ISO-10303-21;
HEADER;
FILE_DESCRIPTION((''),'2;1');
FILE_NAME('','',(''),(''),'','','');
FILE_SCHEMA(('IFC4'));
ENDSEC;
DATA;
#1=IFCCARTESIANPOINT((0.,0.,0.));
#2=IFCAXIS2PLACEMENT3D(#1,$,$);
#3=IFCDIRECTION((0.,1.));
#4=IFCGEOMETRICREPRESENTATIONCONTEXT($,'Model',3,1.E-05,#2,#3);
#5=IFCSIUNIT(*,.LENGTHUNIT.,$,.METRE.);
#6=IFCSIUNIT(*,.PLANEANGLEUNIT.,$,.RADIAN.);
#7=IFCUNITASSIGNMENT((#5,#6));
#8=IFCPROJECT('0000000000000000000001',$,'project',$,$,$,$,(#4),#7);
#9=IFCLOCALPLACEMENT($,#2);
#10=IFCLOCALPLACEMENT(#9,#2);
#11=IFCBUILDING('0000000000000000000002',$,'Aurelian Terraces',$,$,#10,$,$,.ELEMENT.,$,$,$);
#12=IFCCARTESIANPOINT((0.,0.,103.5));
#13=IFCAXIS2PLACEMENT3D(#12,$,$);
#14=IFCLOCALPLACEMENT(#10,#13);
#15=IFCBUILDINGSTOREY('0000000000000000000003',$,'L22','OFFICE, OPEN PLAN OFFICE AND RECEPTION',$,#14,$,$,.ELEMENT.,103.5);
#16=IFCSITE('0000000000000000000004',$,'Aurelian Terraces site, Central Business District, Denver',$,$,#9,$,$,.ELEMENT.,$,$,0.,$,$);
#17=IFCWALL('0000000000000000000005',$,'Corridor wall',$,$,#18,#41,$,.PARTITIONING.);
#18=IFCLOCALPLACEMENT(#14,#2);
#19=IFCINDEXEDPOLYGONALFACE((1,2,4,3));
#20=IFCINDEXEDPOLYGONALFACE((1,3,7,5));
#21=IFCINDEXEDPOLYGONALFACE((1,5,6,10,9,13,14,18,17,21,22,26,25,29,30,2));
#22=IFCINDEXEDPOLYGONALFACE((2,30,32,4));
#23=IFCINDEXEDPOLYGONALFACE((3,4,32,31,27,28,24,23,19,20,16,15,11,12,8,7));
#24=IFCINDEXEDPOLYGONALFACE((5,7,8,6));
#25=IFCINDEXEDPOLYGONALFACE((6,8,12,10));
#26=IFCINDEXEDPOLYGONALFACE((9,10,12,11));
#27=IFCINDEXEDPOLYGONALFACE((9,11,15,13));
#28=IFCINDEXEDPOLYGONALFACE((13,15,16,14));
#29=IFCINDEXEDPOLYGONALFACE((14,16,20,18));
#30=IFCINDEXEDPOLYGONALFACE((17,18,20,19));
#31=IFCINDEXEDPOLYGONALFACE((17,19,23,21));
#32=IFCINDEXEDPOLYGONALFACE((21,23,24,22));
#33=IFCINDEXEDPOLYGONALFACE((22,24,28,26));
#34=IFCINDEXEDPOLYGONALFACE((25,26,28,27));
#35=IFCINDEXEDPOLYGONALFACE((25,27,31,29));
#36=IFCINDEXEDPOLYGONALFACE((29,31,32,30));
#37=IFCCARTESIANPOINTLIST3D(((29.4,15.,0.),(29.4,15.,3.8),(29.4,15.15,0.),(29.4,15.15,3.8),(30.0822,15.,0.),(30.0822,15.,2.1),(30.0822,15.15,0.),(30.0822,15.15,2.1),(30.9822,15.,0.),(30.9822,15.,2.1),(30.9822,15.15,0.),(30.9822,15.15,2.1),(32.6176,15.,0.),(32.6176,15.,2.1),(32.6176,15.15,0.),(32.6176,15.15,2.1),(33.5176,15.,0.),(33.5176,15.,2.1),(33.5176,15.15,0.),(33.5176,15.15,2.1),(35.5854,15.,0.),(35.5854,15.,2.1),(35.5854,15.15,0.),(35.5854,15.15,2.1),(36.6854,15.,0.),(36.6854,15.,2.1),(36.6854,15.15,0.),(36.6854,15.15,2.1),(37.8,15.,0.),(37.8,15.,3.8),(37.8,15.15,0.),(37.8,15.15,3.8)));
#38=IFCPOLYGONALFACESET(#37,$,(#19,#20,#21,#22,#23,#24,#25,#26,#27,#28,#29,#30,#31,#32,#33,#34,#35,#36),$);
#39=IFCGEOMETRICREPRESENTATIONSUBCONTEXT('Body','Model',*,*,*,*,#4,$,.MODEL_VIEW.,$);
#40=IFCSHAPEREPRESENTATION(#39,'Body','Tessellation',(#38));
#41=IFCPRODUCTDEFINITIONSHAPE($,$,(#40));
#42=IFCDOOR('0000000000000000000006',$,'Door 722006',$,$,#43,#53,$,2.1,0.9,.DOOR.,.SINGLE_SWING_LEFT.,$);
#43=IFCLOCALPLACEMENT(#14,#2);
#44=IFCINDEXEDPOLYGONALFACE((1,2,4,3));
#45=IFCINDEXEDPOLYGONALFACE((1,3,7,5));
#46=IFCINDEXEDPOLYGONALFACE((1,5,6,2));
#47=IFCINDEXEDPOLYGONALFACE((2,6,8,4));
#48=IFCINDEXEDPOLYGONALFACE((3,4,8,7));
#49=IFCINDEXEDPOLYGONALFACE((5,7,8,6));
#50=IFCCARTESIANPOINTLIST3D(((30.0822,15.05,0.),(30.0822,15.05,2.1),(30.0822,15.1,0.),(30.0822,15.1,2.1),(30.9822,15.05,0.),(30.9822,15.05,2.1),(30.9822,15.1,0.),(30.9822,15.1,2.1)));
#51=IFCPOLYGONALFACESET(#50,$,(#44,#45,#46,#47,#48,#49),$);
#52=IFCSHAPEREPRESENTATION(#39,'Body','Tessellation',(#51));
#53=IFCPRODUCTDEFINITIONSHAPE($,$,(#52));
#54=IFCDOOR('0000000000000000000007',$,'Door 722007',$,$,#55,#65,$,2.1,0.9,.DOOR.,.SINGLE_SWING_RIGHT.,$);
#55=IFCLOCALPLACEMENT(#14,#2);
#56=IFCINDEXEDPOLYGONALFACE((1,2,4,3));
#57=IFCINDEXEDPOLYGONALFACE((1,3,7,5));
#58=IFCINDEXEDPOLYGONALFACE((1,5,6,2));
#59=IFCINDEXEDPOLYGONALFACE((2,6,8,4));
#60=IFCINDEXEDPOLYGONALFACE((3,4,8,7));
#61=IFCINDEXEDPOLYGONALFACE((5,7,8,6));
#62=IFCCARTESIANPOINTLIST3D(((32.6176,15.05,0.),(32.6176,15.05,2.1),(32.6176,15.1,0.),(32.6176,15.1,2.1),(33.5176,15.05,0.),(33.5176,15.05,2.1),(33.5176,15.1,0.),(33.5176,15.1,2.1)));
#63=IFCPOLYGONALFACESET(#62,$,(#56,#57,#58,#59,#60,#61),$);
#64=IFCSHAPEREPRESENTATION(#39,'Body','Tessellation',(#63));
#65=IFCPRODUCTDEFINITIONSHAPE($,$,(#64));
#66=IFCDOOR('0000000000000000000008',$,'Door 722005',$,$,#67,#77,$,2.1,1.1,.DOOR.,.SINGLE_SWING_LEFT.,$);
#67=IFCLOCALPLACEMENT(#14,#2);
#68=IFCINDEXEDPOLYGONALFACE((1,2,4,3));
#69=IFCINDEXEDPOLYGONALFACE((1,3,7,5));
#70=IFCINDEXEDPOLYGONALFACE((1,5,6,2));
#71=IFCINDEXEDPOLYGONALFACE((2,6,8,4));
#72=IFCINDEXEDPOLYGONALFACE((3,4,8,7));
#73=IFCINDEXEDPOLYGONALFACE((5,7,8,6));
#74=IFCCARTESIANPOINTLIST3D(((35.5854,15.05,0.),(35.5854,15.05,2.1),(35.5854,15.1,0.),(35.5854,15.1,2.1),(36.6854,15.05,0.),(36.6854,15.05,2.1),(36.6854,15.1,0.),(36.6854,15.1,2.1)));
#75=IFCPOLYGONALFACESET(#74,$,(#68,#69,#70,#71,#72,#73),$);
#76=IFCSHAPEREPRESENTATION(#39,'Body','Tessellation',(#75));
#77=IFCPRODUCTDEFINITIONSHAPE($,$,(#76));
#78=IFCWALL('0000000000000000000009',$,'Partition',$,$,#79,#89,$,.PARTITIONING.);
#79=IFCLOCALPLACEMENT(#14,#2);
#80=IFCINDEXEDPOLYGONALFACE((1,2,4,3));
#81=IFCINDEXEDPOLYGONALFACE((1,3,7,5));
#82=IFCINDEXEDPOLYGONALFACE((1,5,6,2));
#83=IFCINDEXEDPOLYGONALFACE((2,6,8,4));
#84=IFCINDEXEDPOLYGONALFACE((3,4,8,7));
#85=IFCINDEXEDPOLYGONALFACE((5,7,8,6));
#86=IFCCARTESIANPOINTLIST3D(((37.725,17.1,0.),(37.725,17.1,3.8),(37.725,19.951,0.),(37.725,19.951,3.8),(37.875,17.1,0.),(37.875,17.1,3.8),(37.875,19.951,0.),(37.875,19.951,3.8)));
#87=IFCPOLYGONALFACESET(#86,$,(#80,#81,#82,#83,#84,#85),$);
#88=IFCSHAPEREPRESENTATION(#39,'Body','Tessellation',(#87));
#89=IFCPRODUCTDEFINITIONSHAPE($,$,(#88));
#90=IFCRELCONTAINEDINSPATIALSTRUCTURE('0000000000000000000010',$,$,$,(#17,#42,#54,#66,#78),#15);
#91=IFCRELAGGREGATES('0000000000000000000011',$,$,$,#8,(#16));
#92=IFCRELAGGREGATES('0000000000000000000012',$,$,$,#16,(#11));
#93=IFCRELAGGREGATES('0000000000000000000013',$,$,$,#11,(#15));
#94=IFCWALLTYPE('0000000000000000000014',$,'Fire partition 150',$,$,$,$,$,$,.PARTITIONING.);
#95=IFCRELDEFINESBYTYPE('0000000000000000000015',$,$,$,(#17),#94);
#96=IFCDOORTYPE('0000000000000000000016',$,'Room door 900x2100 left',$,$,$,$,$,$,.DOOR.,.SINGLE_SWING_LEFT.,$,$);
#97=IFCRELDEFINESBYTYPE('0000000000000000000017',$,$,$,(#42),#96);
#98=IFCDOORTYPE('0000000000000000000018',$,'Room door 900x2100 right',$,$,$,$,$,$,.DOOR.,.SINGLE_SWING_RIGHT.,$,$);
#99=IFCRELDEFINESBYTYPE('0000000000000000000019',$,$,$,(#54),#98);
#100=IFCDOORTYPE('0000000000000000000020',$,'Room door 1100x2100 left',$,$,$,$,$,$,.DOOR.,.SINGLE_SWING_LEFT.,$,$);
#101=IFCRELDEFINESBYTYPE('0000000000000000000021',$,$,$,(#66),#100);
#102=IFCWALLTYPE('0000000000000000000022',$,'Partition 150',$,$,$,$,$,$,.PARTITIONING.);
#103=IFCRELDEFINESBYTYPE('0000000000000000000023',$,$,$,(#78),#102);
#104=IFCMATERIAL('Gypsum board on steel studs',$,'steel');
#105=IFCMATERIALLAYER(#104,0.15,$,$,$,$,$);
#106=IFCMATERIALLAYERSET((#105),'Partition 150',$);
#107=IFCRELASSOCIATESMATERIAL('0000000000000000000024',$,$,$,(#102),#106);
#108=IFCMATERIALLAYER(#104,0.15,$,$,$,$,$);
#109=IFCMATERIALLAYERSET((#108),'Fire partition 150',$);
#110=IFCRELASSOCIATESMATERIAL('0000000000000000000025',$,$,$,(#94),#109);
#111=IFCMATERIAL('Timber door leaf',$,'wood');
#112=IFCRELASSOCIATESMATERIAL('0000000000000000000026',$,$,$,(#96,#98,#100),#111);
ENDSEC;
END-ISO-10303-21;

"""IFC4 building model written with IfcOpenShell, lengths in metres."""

from ifc_helpers import new_model, si_unit, direction, frame, frame_2d, origin, place, context, subcontext, project, spatial, rectangle, extrude, source, transform, mapped, material, layer, layer_set, type_object, element, fill, save


model = new_model("IFC4")

# Units and contexts
model_context = context("Model", 3, precision=1e-05, world=origin(), true_north=direction((0.0, 1.0)))
body_context = subcontext(model_context, "Body", "Model", "MODEL_VIEW")
ifc_project = project(units=[si_unit("LENGTHUNIT", "METRE"), si_unit("PLANEANGLEUNIT", "RADIAN")], contexts=[model_context])

# Site, building, storey
site_placement = place(None, origin())
site = spatial("IfcSite", under=ifc_project, at=site_placement, Name="Aurelian Terraces site, Central Business District, Denver", CompositionType="ELEMENT", RefElevation=0.0)
building_placement = place(site_placement, origin())
building = spatial("IfcBuilding", under=site, at=building_placement, Name="Aurelian Terraces", CompositionType="ELEMENT")
storey_placement = place(building_placement, frame((0.0, 0.0, 103.5)))
storey = spatial("IfcBuildingStorey", under=building, at=storey_placement, Name="L22", Description="OFFICE, OPEN PLAN OFFICE AND RECEPTION", CompositionType="ELEMENT", Elevation=103.5)

# Shared definitions
ifc_material_1 = material(Name="Timber door leaf", Category="wood")

# Shared definitions
ifc_material_2 = material(Name="Gypsum board on steel studs", Category="steel")
ifc_layer_1 = layer(ifc_material_2, 0.15)
ifc_layer_set_1 = layer_set([ifc_layer_1], Name="Partition 150")
wall_type_1 = type_object("IfcWallType", Name="Partition 150", PredefinedType="PARTITIONING", material=ifc_layer_set_1)

# Wall, openings, doors
ifc_layer_2 = layer(ifc_material_2, 0.15)
ifc_layer_set_2 = layer_set([ifc_layer_2], Name="Fire partition 150")
wall_type_2 = type_object("IfcWallType", Name="Fire partition 150", PredefinedType="PARTITIONING", material=ifc_layer_set_2)
shared_shape_1 = source(origin(), body_context, "Body", "SweptSolid", [
    extrude(rectangle(XDim=8.4, YDim=0.15, at=frame_2d((4.2, 0.0))), origin(), (0.0, 0.0, 1.0), 3.8),
])
wall_1_placement = place(storey_placement, frame((37.8, 15.075, 0.0), z_axis=(0.0, 0.0, 1.0), x_axis=(-1.0, 0.0, 0.0)))
wall_1 = element("IfcWall", 1, at=wall_1_placement, inside=storey, type_object=wall_type_2, Name="Corridor wall", PredefinedType="PARTITIONING", context=body_context, shape_type="MappedRepresentation", body=[
    mapped(shared_shape_1, transform((0.0, 0.0, 0.0), scale=1.0)),
])
shared_shape_2 = source(origin(), body_context, "Body", "SweptSolid", [
    extrude(rectangle(XDim=1.1, YDim=2.1, at=frame_2d((0.55, 1.05))), frame((0.0, 0.085, 0.0), z_axis=(0.0, -1.0, 0.0), x_axis=(1.0, 0.0, 0.0)), (0.0, 0.0, 1.0), 0.17),
])
opening_1_placement = place(wall_1_placement, frame((1.1146, 0.0, 0.0)))
opening_1 = element("IfcOpeningElement", 2, at=opening_1_placement, cuts=wall_1, PredefinedType="OPENING", context=body_context, shape_type="MappedRepresentation", body=[
    mapped(shared_shape_2, transform((0.0, 0.0, 0.0), scale=1.0)),
])
shared_shape_3 = source(origin(), body_context, "Body", "SweptSolid", [
    extrude(rectangle(XDim=0.9, YDim=2.1, at=frame_2d((0.45, 1.05))), frame((0.0, 0.085, 0.0), z_axis=(0.0, -1.0, 0.0), x_axis=(1.0, 0.0, 0.0)), (0.0, 0.0, 1.0), 0.17),
])
opening_2_placement = place(wall_1_placement, frame((6.8178, 0.0, 0.0)))
opening_2 = element("IfcOpeningElement", 3, at=opening_2_placement, cuts=wall_1, PredefinedType="OPENING", context=body_context, shape_type="MappedRepresentation", body=[
    mapped(shared_shape_3, transform((0.0, 0.0, 0.0), scale=1.0)),
])
opening_3_placement = place(wall_1_placement, frame((4.2824, 0.0, 0.0)))
opening_3 = element("IfcOpeningElement", 4, at=opening_3_placement, cuts=wall_1, PredefinedType="OPENING", context=body_context, shape_type="MappedRepresentation", body=[
    mapped(shared_shape_3, transform((0.0, 0.0, 0.0), scale=1.0)),
])
door_type_1 = type_object("IfcDoorType", Name="Room door 900x2100 left", OperationType="SINGLE_SWING_LEFT", PredefinedType="DOOR", material=ifc_material_1)
shared_shape_4 = source(origin(), body_context, "Body", "SweptSolid", [
    extrude(rectangle(XDim=0.9, YDim=2.1, at=frame_2d((0.45, 1.05))), frame((0.0, 0.025, 0.0), z_axis=(0.0, -1.0, 0.0), x_axis=(1.0, 0.0, 0.0)), (0.0, 0.0, 1.0), 0.05),
])
door_1_placement = place(opening_2_placement, origin())
door_1 = element("IfcDoor", 5, at=door_1_placement, inside=storey, type_object=door_type_1, Name="Door 722006", OperationType="SINGLE_SWING_LEFT", OverallHeight=2.1, OverallWidth=0.9, PredefinedType="DOOR", context=body_context, shape_type="MappedRepresentation", body=[
    mapped(shared_shape_4, transform((0.0, 0.0, 0.0), scale=1.0)),
])
fill(opening_2, door_1)
door_type_2 = type_object("IfcDoorType", Name="Room door 900x2100 right", OperationType="SINGLE_SWING_RIGHT", PredefinedType="DOOR", material=ifc_material_1)
door_2_placement = place(opening_3_placement, origin())
door_2 = element("IfcDoor", 6, at=door_2_placement, inside=storey, type_object=door_type_2, Name="Door 722007", OperationType="SINGLE_SWING_RIGHT", OverallHeight=2.1, OverallWidth=0.9, PredefinedType="DOOR", context=body_context, shape_type="MappedRepresentation", body=[
    mapped(shared_shape_4, transform((0.0, 0.0, 0.0), scale=1.0)),
])
fill(opening_3, door_2)
door_type_3 = type_object("IfcDoorType", Name="Room door 1100x2100 left", OperationType="SINGLE_SWING_LEFT", PredefinedType="DOOR", material=ifc_material_1)
shared_shape_5 = source(origin(), body_context, "Body", "SweptSolid", [
    extrude(rectangle(XDim=1.1, YDim=2.1, at=frame_2d((0.55, 1.05))), frame((0.0, 0.025, 0.0), z_axis=(0.0, -1.0, 0.0), x_axis=(1.0, 0.0, 0.0)), (0.0, 0.0, 1.0), 0.05),
])
door_3_placement = place(opening_1_placement, origin())
door_3 = element("IfcDoor", 7, at=door_3_placement, inside=storey, type_object=door_type_3, Name="Door 722005", OperationType="SINGLE_SWING_LEFT", OverallHeight=2.1, OverallWidth=1.1, PredefinedType="DOOR", context=body_context, shape_type="MappedRepresentation", body=[
    mapped(shared_shape_5, transform((0.0, 0.0, 0.0), scale=1.0)),
])
fill(opening_1, door_3)

# Wall
shared_shape_6 = source(origin(), body_context, "Body", "SweptSolid", [
    extrude(rectangle(XDim=2.851, YDim=0.15, at=frame_2d((1.4255, 0.0))), origin(), (0.0, 0.0, 1.0), 3.8),
])
wall_2_placement = place(storey_placement, frame((37.8, 17.1, 0.0), z_axis=(0.0, 0.0, 1.0), x_axis=(0.0, 1.0, 0.0)))
element("IfcWall", 8, at=wall_2_placement, inside=storey, type_object=wall_type_1, Name="Partition", PredefinedType="PARTITIONING", context=body_context, shape_type="MappedRepresentation", body=[
    mapped(shared_shape_6, transform((0.0, 0.0, 0.0), scale=1.0)),
])

save(model, "model.ifc")
